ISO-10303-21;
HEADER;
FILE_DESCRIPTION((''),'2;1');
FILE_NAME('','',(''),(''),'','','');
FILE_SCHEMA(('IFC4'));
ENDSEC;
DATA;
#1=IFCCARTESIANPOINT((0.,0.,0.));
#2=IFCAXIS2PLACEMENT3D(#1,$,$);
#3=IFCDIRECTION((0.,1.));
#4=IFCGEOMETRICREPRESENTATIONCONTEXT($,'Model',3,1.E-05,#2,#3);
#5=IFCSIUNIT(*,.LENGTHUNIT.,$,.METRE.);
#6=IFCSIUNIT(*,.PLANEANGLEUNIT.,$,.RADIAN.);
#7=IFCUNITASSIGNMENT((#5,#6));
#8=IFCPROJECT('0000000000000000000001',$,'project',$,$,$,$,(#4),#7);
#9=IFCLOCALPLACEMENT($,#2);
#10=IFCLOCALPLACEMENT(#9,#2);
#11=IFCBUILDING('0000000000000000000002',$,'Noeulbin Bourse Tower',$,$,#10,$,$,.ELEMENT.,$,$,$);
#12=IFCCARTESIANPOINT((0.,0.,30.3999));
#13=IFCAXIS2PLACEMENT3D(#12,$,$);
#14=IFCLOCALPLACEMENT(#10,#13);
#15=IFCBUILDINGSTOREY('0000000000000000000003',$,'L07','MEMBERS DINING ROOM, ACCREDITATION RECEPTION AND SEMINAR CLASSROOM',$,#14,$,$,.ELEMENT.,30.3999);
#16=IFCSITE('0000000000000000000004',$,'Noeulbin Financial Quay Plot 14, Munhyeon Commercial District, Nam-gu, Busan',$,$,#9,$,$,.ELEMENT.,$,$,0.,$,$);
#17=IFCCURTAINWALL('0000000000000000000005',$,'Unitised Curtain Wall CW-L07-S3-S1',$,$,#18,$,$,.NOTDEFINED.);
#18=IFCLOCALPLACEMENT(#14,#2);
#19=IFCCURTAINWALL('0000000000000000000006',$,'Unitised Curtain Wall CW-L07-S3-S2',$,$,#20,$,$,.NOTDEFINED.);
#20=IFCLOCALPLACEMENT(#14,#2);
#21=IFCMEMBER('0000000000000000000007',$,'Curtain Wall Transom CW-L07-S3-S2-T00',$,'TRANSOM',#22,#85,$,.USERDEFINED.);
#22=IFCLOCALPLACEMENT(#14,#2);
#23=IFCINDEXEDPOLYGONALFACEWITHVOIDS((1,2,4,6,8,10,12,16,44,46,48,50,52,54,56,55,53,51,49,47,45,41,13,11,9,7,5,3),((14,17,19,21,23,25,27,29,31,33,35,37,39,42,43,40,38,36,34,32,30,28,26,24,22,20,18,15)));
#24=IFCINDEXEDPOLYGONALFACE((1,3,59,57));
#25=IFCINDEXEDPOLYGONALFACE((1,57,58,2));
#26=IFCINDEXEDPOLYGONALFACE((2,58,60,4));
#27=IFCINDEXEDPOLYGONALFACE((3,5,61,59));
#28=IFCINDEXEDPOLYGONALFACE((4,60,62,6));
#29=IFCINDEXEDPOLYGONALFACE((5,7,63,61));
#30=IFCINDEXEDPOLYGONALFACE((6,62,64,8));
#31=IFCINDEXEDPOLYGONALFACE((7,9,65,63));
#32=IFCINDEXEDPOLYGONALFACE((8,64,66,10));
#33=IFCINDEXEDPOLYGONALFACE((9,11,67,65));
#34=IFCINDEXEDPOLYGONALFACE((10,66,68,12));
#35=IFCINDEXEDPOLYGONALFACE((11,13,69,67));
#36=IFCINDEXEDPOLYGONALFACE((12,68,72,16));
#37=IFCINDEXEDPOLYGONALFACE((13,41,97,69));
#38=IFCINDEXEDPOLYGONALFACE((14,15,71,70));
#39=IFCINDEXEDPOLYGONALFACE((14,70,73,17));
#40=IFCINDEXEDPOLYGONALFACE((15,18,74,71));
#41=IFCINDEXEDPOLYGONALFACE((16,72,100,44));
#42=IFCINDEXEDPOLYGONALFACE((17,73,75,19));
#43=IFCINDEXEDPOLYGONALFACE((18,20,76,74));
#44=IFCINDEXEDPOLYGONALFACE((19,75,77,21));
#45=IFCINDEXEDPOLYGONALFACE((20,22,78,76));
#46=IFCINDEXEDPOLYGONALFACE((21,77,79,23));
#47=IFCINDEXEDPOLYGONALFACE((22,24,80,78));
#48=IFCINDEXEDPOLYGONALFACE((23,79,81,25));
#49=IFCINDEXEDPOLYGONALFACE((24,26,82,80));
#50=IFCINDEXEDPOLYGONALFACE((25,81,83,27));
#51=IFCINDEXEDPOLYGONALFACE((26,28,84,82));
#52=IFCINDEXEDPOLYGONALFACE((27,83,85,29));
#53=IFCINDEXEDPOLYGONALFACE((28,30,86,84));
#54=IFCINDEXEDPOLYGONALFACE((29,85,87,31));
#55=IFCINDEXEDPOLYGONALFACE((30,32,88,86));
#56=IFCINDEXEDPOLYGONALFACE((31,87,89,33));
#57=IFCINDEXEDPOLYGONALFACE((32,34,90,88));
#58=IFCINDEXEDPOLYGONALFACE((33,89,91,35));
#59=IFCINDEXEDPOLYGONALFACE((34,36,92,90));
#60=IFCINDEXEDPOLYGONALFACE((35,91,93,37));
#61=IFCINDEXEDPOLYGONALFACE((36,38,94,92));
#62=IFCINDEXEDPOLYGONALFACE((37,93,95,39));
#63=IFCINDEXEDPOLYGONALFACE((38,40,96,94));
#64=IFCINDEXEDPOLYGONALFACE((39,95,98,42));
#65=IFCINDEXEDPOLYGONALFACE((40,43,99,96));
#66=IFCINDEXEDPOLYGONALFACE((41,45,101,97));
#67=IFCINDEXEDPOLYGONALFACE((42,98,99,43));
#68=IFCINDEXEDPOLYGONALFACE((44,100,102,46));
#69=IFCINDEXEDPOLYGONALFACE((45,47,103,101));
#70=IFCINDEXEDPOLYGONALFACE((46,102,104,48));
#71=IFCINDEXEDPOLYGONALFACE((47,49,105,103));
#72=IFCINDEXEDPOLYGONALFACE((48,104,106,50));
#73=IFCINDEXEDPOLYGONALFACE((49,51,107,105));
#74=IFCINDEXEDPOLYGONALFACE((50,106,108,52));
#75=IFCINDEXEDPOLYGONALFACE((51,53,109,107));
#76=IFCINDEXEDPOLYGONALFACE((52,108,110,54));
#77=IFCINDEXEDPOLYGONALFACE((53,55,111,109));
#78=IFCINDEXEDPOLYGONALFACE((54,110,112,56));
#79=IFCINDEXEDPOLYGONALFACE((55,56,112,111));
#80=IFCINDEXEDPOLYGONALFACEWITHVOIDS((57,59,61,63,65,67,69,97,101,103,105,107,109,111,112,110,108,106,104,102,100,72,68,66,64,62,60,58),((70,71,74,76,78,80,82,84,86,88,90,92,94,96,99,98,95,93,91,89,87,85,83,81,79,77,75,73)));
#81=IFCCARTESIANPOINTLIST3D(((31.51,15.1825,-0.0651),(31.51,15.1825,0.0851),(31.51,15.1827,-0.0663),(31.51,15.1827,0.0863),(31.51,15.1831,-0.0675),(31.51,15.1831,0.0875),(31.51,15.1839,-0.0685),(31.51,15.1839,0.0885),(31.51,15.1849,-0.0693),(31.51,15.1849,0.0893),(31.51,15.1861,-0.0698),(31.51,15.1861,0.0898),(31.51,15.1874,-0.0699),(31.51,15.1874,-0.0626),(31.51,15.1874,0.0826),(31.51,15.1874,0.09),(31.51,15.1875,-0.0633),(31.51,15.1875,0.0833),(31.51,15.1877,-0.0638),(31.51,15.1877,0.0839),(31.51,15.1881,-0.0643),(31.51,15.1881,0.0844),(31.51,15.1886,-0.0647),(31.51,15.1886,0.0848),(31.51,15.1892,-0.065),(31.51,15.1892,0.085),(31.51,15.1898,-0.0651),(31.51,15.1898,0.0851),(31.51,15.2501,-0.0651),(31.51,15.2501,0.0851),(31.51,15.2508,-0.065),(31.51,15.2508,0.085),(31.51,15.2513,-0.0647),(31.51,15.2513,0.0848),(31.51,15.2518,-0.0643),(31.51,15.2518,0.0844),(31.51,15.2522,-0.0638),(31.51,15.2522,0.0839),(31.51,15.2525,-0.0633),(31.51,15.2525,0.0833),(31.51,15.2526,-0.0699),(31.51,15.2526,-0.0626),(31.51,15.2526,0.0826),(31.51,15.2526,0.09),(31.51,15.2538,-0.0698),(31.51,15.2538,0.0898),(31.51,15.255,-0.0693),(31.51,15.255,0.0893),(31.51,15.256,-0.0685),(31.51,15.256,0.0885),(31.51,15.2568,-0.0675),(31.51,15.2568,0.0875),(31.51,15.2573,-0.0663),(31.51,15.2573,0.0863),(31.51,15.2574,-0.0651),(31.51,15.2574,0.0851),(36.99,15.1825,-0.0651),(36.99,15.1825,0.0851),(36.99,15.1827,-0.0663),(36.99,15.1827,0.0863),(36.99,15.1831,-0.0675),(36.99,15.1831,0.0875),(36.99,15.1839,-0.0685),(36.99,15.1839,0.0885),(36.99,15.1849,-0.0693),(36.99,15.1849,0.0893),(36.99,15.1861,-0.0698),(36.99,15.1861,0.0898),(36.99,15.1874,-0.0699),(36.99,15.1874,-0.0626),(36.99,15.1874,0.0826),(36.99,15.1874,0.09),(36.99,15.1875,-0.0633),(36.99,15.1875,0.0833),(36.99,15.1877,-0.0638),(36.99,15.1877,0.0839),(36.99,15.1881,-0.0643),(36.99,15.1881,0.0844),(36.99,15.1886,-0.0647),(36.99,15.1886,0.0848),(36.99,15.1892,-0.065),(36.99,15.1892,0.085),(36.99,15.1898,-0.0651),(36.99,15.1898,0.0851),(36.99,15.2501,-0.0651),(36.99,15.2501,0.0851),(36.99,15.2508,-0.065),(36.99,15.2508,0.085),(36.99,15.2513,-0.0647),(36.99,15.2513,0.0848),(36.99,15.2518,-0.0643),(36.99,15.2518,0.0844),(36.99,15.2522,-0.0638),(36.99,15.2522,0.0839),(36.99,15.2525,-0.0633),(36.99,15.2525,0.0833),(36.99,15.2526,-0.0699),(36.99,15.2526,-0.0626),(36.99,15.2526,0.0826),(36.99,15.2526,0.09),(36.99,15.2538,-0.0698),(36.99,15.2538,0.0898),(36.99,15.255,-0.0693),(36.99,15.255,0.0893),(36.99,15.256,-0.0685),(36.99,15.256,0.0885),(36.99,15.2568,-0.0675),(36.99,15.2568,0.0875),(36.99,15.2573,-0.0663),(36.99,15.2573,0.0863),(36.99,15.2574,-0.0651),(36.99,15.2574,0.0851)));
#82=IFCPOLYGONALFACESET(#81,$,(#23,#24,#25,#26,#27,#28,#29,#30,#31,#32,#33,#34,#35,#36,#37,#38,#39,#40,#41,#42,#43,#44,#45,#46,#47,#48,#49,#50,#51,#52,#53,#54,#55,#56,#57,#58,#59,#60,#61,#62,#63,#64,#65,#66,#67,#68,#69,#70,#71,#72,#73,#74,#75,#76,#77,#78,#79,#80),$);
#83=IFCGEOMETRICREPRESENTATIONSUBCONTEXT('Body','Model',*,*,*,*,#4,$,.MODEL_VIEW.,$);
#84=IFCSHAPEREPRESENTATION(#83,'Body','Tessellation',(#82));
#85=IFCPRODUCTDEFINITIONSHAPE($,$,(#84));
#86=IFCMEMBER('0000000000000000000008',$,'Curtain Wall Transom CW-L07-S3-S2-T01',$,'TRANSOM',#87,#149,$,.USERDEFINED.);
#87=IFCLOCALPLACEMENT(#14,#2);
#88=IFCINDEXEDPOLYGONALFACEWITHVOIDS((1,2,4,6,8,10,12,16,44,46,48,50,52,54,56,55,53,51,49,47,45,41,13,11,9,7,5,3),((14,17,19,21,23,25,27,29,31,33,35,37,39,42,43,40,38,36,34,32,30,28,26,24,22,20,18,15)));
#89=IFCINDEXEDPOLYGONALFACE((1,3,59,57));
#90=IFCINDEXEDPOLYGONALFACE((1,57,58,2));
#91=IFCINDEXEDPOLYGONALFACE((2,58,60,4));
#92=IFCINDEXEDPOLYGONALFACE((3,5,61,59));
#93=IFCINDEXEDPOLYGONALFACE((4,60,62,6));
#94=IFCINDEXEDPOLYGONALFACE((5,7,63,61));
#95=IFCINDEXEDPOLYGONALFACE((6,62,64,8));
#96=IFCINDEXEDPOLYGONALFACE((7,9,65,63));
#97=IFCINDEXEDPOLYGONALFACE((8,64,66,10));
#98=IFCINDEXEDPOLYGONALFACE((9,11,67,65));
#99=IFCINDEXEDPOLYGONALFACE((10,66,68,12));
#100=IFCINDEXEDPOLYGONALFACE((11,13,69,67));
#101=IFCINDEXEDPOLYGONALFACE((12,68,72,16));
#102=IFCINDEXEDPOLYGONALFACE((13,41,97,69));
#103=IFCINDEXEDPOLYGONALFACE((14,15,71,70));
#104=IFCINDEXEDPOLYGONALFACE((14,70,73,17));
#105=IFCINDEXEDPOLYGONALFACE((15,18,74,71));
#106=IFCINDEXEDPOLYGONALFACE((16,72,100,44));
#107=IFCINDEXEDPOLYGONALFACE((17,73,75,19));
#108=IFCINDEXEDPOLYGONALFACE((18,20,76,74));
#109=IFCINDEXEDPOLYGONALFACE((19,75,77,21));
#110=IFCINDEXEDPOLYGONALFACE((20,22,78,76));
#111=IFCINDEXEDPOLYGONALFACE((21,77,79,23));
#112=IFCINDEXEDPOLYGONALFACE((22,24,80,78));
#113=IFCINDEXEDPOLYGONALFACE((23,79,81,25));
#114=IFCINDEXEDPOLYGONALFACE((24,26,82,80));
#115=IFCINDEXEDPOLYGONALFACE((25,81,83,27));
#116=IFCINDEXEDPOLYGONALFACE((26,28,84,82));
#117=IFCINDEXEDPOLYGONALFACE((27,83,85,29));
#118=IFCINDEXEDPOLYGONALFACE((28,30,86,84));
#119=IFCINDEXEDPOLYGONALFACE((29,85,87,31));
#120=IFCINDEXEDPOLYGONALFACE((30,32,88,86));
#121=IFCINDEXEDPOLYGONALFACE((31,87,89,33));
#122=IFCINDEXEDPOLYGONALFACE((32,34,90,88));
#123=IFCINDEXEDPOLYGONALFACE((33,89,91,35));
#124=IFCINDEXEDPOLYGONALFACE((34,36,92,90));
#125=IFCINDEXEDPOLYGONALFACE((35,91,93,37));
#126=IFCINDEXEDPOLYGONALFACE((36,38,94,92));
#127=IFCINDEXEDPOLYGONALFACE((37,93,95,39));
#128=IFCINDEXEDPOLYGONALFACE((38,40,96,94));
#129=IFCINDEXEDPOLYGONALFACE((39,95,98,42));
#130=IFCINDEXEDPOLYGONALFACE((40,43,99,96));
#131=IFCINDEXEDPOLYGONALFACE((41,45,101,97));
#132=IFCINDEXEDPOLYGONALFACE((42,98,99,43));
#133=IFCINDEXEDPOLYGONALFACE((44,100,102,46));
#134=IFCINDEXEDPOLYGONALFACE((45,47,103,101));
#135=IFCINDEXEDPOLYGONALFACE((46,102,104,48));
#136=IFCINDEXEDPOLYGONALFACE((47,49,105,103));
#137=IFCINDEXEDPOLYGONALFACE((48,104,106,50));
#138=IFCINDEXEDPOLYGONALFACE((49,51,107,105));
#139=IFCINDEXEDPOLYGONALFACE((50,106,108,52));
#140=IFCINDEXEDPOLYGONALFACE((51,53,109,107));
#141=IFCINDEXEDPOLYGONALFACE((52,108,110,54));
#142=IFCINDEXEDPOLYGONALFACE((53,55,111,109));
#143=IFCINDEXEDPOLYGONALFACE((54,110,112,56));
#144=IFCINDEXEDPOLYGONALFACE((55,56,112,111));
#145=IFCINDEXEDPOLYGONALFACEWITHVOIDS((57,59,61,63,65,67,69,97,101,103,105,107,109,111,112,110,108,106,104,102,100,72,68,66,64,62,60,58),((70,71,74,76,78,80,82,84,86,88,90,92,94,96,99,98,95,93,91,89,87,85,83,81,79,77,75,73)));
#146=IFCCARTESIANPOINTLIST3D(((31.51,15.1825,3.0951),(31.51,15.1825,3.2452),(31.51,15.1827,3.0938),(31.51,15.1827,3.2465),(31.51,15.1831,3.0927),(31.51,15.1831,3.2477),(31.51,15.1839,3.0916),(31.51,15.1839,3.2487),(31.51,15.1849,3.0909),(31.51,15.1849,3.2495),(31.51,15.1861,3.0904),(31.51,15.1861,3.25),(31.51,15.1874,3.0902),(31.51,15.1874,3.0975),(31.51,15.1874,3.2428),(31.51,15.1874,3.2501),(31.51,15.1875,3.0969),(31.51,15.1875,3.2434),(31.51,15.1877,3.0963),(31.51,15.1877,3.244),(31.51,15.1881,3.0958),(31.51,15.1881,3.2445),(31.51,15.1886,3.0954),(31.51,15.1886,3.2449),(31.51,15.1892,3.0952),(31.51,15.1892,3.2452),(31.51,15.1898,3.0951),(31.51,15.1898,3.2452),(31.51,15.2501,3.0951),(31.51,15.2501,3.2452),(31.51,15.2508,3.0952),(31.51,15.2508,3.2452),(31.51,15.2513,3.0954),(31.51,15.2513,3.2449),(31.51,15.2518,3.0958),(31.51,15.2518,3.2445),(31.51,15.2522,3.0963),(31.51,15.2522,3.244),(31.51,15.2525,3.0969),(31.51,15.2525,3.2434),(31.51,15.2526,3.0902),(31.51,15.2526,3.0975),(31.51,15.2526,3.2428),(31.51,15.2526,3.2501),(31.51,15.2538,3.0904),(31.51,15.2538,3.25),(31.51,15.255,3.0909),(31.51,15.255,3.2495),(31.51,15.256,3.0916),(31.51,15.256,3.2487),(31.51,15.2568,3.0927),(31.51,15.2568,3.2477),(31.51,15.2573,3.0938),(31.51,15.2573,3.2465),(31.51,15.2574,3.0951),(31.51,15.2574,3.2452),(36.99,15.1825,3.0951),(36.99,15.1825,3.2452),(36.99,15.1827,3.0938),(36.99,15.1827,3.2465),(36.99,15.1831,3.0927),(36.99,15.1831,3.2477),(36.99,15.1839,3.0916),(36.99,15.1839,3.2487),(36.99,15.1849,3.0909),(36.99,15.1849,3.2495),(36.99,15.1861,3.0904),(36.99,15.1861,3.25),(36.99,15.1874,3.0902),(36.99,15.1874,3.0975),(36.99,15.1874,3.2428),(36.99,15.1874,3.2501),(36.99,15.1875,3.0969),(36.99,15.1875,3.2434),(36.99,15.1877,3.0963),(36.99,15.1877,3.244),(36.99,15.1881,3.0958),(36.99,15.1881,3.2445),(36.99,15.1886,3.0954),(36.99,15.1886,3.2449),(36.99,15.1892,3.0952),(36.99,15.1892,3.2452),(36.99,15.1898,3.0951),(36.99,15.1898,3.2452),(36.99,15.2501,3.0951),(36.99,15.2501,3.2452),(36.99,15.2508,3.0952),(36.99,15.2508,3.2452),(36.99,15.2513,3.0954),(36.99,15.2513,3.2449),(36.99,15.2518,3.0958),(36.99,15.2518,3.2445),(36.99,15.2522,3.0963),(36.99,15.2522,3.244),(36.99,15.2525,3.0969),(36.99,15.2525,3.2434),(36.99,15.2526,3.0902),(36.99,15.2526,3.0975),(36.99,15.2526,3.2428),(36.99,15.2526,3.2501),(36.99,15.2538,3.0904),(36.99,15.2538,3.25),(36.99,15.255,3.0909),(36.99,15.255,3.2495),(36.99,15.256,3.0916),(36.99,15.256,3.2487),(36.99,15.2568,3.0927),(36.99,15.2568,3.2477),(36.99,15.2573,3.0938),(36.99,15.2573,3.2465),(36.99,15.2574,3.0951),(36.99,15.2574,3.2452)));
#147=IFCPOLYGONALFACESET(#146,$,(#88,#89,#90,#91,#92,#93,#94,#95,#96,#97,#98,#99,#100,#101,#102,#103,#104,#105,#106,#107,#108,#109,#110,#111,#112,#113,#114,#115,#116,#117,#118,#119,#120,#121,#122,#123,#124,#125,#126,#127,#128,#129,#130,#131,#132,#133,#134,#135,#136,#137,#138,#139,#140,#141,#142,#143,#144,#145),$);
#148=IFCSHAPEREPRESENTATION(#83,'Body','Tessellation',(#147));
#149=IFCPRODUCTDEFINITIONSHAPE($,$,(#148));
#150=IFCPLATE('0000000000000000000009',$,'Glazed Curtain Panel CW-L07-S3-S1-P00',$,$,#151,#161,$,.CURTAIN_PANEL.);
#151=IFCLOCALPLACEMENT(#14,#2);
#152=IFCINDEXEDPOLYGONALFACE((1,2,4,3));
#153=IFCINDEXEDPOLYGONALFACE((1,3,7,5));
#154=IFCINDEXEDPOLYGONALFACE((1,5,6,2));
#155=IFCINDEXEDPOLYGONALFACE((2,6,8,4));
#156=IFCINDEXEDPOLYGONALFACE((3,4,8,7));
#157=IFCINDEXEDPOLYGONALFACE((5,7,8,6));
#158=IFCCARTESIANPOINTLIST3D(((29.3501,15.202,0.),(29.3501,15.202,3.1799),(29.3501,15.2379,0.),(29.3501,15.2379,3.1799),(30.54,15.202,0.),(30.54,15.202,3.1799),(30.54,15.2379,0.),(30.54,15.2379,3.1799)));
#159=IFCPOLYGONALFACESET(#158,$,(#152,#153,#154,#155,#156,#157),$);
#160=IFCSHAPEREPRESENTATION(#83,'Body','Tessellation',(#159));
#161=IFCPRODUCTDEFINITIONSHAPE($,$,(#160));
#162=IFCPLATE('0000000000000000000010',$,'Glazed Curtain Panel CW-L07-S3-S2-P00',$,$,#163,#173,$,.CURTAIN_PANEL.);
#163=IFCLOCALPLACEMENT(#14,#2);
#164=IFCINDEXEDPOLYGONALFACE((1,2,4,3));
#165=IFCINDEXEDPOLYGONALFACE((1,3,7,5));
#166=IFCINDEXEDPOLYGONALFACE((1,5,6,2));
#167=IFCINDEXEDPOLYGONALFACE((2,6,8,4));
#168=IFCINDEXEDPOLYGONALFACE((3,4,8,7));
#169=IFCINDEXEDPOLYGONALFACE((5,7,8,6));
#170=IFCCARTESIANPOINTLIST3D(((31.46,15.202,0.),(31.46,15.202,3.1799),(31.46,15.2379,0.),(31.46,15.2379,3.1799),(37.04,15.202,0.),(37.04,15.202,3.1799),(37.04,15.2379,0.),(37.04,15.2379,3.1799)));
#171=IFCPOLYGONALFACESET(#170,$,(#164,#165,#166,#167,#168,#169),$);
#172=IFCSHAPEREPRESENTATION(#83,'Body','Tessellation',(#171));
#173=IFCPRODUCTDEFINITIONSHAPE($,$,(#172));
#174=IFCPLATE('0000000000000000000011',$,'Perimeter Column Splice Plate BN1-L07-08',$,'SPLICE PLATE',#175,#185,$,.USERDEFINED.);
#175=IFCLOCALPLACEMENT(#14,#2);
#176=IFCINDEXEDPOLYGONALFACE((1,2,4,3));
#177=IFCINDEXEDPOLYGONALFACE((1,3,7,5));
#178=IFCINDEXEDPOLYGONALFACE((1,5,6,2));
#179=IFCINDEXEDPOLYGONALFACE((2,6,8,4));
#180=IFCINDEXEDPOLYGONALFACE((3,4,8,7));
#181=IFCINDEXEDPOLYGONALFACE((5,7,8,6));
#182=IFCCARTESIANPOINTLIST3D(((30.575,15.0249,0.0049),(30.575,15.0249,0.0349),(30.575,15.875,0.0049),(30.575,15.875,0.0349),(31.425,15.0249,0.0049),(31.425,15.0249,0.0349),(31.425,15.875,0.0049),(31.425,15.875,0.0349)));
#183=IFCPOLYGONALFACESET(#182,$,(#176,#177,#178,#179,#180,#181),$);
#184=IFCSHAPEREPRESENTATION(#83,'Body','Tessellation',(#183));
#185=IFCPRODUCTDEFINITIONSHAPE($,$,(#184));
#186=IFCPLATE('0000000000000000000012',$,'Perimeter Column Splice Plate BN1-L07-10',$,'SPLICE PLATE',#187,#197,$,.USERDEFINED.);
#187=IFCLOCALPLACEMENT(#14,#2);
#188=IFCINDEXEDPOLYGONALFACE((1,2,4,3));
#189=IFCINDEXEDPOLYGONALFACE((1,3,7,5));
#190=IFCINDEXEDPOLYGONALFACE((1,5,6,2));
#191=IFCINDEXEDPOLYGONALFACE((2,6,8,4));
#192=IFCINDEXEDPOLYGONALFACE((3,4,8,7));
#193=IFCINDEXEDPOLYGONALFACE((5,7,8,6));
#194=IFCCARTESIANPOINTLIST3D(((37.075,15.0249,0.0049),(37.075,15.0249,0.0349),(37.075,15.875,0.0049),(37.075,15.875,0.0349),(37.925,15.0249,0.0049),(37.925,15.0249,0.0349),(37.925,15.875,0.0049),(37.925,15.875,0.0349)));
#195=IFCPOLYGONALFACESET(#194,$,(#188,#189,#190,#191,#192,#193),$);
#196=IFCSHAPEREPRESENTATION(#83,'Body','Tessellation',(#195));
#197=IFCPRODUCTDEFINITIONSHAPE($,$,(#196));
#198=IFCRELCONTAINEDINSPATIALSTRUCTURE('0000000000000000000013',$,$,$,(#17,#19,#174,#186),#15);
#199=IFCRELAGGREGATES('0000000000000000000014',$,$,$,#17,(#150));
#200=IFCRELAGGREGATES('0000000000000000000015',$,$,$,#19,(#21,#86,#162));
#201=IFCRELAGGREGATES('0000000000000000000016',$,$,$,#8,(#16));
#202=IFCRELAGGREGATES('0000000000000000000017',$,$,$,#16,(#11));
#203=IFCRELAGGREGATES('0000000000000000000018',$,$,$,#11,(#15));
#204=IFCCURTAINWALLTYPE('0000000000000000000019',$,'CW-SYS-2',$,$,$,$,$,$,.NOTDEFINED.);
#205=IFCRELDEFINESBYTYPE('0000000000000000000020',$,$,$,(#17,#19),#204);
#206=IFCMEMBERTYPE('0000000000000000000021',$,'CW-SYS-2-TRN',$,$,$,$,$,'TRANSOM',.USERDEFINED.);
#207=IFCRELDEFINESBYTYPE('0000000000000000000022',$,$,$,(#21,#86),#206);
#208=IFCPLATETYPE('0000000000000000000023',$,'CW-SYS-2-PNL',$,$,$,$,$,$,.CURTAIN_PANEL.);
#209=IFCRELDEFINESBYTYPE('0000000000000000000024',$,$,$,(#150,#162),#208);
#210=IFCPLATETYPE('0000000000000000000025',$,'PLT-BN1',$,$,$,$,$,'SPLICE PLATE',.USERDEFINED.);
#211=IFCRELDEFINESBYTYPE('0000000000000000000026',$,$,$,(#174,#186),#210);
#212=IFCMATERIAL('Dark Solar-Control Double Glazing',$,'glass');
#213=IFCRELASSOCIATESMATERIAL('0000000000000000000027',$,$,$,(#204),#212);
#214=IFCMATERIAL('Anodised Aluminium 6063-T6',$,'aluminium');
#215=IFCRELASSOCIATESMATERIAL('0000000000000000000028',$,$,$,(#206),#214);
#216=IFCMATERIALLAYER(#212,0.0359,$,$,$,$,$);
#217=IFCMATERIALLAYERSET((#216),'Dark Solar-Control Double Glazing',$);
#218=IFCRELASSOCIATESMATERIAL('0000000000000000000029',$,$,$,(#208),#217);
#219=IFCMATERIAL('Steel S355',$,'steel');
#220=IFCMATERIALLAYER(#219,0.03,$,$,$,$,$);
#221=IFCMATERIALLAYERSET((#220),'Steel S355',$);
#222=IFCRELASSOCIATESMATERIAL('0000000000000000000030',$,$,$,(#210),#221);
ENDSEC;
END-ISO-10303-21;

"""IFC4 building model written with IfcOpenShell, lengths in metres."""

from ifc_helpers import new_model, si_unit, direction, frame, origin, origin_2d, place, context, subcontext, project, spatial, rectangle, hollow_rectangle, extrude, material, layer, layer_set, material_profile, profile_set, type_object, element, aggregate, save


model = new_model("IFC4")

# Units and contexts
model_context = context("Model", 3, precision=1e-05, world=origin(), true_north=direction((0.0, 1.0)))
body_context = subcontext(model_context, "Body", "Model", "MODEL_VIEW")
ifc_project = project(units=[si_unit("LENGTHUNIT", "METRE"), si_unit("PLANEANGLEUNIT", "RADIAN")], contexts=[model_context])

# Site, building, storey
site_placement = place(None, origin())
site = spatial("IfcSite", under=ifc_project, at=site_placement, Name="Noeulbin Financial Quay Plot 14, Munhyeon Commercial District, Nam-gu, Busan", CompositionType="ELEMENT", RefElevation=0.0)
building_placement = place(site_placement, origin())
building = spatial("IfcBuilding", under=site, at=building_placement, Name="Noeulbin Bourse Tower", CompositionType="ELEMENT")
storey_placement = place(building_placement, frame((0.0, 0.0, 30.3999)))
storey = spatial("IfcBuildingStorey", under=building, at=storey_placement, Name="L07", Description="MEMBERS DINING ROOM, ACCREDITATION RECEPTION AND SEMINAR CLASSROOM", CompositionType="ELEMENT", Elevation=30.3999)

# Shared definitions
ifc_material_1 = material(Name="Steel S355", Category="steel")

# Curtain walls
ifc_material_2 = material(Name="Dark Solar-Control Double Glazing", Category="glass")
curtain_wall_type = type_object("IfcCurtainWallType", Name="CW-SYS-2", PredefinedType="NOTDEFINED", material=ifc_material_2)
curtain_wall_1_placement = place(storey_placement, origin())
curtain_wall_1 = element("IfcCurtainWall", 1, at=curtain_wall_1_placement, inside=storey, type_object=curtain_wall_type, Name="Unitised Curtain Wall CW-L07-S3-S1", PredefinedType="NOTDEFINED")
ifc_material_3 = material(Name="Anodised Aluminium 6063-T6", Category="aluminium")
curtain_wall_2_placement = place(storey_placement, origin())
curtain_wall_2 = element("IfcCurtainWall", 2, at=curtain_wall_2_placement, inside=storey, type_object=curtain_wall_type, Name="Unitised Curtain Wall CW-L07-S3-S2", PredefinedType="NOTDEFINED")

# Members
ifc_material_profile_1 = material_profile(ifc_material_3, hollow_rectangle(XDim=0.075, YDim=0.1599, WallThickness=0.0049, InnerFilletRadius=0.0024, OuterFilletRadius=0.0049, at=origin_2d()), Name="ALU-TRAN-75x160x5", Category="LoadBearing")
ifc_profile_set_1 = profile_set([ifc_material_profile_1], Name="Anodised Aluminium 6063-T6")
member_type_1 = type_object("IfcMemberType", Name="CW-SYS-2-TRN", ElementType="TRANSOM", PredefinedType="USERDEFINED", material=ifc_profile_set_1)
member_1_placement = place(storey_placement, frame((31.51, 15.22, 0.01), z_axis=(1.0, 0.0, 0.0), x_axis=(0.0, 1.0, 0.0)))
member_1 = element("IfcMember", 3, at=member_1_placement, type_object=member_type_1, Name="Curtain Wall Transom CW-L07-S3-S2-T00", ObjectType="TRANSOM", PredefinedType="USERDEFINED", context=body_context, shape_type="SweptSolid", body=[
    extrude(hollow_rectangle(XDim=0.075, YDim=0.1599, WallThickness=0.0049, InnerFilletRadius=0.0024, OuterFilletRadius=0.0049, at=origin_2d()), origin(), (0.0, 0.0, 1.0), 5.48),
])
member_2_placement = place(storey_placement, frame((31.51, 15.22, 3.1702), z_axis=(1.0, 0.0, 0.0), x_axis=(0.0, 1.0, 0.0)))
member_2 = element("IfcMember", 4, at=member_2_placement, type_object=member_type_1, Name="Curtain Wall Transom CW-L07-S3-S2-T01", ObjectType="TRANSOM", PredefinedType="USERDEFINED", context=body_context, shape_type="SweptSolid", body=[
    extrude(hollow_rectangle(XDim=0.075, YDim=0.1599, WallThickness=0.0049, InnerFilletRadius=0.0024, OuterFilletRadius=0.0049, at=origin_2d()), origin(), (0.0, 0.0, 1.0), 5.48),
])

# Plates
ifc_layer_1 = layer(ifc_material_2, 0.0359)
ifc_layer_set_1 = layer_set([ifc_layer_1], Name="Dark Solar-Control Double Glazing")
plate_type_1 = type_object("IfcPlateType", Name="CW-SYS-2-PNL", PredefinedType="CURTAIN_PANEL", material=ifc_layer_set_1)
plate_1_placement = place(storey_placement, frame((29.9451, 15.22, 0.0), z_axis=(0.0, 0.0, 1.0), x_axis=(1.0, 0.0, 0.0)))
plate_1 = element("IfcPlate", 5, at=plate_1_placement, type_object=plate_type_1, Name="Glazed Curtain Panel CW-L07-S3-S1-P00", PredefinedType="CURTAIN_PANEL", context=body_context, shape_type="SweptSolid", body=[
    extrude(rectangle(XDim=1.1899, YDim=0.0359, at=origin_2d()), origin(), (0.0, 0.0, 1.0), 3.1799),
])
aggregate(curtain_wall_1, [plate_1])
plate_2_placement = place(storey_placement, frame((34.25, 15.22, 0.0), z_axis=(0.0, 0.0, 1.0), x_axis=(1.0, 0.0, 0.0)))
plate_2 = element("IfcPlate", 6, at=plate_2_placement, type_object=plate_type_1, Name="Glazed Curtain Panel CW-L07-S3-S2-P00", PredefinedType="CURTAIN_PANEL", context=body_context, shape_type="SweptSolid", body=[
    extrude(rectangle(XDim=5.5801, YDim=0.0359, at=origin_2d()), origin(), (0.0, 0.0, 1.0), 3.1799),
])
aggregate(curtain_wall_2, [member_1, member_2, plate_2])

# Plates
ifc_layer_2 = layer(ifc_material_1, 0.03)
ifc_layer_set_2 = layer_set([ifc_layer_2], Name="Steel S355")
plate_type_2 = type_object("IfcPlateType", Name="PLT-BN1", ElementType="SPLICE PLATE", PredefinedType="USERDEFINED", material=ifc_layer_set_2)
for number, where, z_axis, x_axis, name in (
    (7, (31.0, 15.45, 0.0049), (0.0, 0.0, 1.0), (1.0, 0.0, 0.0), "Perimeter Column Splice Plate BN1-L07-08"),
    (8, (37.5, 15.45, 0.0049), (0.0, 0.0, 1.0), (1.0, 0.0, 0.0), "Perimeter Column Splice Plate BN1-L07-10"),
):
    element("IfcPlate", number, at=place(storey_placement, frame(where, z_axis=z_axis, x_axis=x_axis)), inside=storey, type_object=plate_type_2, Name=name, ObjectType="SPLICE PLATE", PredefinedType="USERDEFINED", context=body_context, shape_type="SweptSolid", body=[
        extrude(rectangle(XDim=0.8501, YDim=0.8501, at=origin_2d()), origin(), (0.0, 0.0, 1.0), 0.03),
    ])

save(model, "model.ifc")
